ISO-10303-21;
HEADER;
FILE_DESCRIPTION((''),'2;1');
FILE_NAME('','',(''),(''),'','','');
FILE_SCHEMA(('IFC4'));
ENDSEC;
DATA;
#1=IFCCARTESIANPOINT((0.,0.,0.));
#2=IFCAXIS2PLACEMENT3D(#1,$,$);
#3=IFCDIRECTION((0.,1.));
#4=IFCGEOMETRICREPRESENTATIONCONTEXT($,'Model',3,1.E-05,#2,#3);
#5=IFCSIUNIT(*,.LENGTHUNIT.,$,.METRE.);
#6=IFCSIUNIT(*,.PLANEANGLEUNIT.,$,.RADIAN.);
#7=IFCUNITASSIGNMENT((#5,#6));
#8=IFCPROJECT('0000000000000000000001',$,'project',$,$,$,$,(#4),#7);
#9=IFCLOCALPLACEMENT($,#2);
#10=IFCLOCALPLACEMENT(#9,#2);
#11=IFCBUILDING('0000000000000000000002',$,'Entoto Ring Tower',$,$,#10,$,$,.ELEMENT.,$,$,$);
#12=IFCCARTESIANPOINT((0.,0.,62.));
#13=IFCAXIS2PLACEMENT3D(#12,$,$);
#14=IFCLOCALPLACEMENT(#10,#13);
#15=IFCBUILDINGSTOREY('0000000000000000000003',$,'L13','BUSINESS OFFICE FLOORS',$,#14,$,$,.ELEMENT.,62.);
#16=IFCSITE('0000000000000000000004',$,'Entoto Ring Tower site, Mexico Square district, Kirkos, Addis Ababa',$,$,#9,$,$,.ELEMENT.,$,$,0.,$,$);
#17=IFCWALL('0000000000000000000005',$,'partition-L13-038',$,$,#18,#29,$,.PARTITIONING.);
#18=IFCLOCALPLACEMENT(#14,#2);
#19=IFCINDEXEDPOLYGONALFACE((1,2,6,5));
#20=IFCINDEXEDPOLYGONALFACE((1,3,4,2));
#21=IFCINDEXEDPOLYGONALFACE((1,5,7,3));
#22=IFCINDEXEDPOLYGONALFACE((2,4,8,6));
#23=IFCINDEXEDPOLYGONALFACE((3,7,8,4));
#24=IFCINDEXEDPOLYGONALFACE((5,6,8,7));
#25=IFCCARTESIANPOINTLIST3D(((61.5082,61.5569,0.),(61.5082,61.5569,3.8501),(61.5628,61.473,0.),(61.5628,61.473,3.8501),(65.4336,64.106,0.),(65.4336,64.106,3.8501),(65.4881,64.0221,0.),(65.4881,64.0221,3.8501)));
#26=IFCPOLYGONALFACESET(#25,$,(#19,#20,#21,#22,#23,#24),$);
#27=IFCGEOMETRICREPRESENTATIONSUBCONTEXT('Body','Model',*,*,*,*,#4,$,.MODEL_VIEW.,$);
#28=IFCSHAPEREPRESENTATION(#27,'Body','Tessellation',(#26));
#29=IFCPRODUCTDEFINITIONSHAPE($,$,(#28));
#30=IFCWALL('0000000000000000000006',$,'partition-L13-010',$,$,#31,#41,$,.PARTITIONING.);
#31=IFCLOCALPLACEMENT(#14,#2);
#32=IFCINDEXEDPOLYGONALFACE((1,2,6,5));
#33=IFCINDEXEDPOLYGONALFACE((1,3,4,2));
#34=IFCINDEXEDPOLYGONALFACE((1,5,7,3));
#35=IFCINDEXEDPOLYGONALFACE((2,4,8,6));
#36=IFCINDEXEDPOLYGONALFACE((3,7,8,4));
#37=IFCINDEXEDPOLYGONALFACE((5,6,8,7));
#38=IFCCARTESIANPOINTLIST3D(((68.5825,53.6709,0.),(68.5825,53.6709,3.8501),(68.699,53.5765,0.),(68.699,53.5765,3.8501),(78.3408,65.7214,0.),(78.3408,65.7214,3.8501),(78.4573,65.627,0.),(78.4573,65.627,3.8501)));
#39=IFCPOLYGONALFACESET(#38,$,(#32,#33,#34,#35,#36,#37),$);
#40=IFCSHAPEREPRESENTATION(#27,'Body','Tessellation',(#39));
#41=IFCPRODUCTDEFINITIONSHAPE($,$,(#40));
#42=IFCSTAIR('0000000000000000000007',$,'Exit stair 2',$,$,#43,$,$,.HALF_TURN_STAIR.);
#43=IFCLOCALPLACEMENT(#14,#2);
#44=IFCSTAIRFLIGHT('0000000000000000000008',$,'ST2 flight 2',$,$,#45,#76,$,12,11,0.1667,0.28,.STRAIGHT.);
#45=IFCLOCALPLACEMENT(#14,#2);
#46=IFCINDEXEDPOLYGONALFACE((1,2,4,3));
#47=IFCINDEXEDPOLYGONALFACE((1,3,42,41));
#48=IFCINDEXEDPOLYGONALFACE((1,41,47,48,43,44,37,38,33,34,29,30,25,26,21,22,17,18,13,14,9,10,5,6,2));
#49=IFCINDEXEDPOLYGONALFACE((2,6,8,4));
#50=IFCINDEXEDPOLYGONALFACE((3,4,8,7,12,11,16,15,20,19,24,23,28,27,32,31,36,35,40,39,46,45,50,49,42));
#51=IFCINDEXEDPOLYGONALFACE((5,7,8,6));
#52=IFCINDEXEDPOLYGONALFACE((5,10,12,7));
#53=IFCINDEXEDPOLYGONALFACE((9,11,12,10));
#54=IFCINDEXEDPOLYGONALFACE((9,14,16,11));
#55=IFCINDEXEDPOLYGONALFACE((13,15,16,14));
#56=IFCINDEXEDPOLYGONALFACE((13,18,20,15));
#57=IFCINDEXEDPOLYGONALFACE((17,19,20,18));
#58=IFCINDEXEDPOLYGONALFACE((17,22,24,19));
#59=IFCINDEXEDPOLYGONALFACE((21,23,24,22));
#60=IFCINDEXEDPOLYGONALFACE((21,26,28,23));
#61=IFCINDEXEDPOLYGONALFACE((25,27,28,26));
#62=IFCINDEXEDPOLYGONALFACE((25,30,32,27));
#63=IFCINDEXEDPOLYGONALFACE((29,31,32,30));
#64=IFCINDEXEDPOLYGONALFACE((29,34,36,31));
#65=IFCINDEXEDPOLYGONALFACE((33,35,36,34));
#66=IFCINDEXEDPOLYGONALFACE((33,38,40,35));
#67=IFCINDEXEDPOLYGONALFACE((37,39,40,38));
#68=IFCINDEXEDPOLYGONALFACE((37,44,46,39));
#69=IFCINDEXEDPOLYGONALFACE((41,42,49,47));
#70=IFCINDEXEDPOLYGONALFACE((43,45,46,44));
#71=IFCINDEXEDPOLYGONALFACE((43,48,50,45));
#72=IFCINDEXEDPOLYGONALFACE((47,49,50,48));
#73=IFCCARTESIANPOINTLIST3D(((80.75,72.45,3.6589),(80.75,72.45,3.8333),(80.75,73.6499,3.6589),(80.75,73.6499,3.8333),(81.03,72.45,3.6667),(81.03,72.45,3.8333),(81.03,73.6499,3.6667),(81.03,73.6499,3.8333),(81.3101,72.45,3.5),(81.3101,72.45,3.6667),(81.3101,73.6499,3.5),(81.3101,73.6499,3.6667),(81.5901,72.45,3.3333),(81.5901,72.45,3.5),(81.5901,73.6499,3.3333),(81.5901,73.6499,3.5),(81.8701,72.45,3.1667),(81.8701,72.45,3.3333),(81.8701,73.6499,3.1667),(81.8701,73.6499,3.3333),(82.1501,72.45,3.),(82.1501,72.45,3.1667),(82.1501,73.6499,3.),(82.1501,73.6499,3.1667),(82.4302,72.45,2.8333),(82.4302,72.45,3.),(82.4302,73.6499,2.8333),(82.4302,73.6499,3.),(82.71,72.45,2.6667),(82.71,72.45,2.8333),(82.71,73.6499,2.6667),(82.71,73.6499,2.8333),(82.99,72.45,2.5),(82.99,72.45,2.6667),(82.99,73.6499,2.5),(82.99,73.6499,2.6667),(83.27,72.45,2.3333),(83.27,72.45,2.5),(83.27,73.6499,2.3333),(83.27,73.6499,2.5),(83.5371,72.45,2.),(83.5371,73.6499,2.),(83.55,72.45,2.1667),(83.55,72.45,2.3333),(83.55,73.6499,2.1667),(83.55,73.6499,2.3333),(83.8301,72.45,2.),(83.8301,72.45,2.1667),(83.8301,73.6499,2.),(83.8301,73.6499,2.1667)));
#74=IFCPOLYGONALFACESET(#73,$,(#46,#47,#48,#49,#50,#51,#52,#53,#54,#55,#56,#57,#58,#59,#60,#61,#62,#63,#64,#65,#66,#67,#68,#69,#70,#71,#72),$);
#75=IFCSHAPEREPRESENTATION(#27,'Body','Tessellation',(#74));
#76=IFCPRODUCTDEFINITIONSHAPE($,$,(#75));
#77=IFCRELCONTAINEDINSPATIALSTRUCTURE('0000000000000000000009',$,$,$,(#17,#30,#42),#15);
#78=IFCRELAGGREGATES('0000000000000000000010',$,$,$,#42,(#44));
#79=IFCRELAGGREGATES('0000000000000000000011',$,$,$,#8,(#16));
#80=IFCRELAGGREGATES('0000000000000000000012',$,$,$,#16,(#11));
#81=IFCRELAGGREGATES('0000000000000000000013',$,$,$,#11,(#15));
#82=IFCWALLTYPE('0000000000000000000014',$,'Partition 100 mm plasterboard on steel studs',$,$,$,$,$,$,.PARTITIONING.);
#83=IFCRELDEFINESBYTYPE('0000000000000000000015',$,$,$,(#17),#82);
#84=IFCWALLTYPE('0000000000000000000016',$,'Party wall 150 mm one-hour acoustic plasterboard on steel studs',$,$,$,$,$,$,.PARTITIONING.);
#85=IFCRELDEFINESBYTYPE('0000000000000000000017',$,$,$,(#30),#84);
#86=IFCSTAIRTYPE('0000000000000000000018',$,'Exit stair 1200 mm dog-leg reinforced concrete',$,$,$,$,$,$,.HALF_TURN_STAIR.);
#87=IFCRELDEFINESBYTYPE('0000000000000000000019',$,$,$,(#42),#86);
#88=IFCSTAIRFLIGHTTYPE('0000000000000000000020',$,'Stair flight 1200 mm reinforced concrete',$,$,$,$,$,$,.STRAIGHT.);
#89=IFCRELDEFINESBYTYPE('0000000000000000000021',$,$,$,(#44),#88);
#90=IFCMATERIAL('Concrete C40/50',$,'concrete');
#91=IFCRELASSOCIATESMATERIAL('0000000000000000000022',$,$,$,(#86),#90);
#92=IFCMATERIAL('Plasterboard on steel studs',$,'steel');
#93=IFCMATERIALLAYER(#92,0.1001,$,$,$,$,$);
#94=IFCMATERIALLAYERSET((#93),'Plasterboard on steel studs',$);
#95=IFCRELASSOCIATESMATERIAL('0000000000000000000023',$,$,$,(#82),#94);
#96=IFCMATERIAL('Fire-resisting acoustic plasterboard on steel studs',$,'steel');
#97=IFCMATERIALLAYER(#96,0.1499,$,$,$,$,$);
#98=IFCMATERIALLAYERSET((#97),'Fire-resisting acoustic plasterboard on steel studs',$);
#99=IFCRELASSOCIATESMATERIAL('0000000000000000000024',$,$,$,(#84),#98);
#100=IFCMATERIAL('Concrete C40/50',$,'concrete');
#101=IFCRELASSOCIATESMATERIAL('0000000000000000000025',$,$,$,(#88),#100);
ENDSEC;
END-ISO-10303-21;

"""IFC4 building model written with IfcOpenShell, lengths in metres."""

from ifc_helpers import new_model, si_unit, direction, frame, frame_2d, origin, place, context, subcontext, project, spatial, polyline, rectangle, outline, extrude, material, layer, layer_set, type_object, element, aggregate, save


model = new_model("IFC4")

# Units and contexts
model_context = context("Model", 3, precision=1e-05, world=origin(), true_north=direction((0.0, 1.0)))
body_context = subcontext(model_context, "Body", "Model", "MODEL_VIEW")
ifc_project = project(units=[si_unit("LENGTHUNIT", "METRE"), si_unit("PLANEANGLEUNIT", "RADIAN")], contexts=[model_context])

# Site, building, storey
site_placement = place(None, origin())
site = spatial("IfcSite", under=ifc_project, at=site_placement, Name="Entoto Ring Tower site, Mexico Square district, Kirkos, Addis Ababa", CompositionType="ELEMENT", RefElevation=0.0)
building_placement = place(site_placement, origin())
building = spatial("IfcBuilding", under=site, at=building_placement, Name="Entoto Ring Tower", CompositionType="ELEMENT")
storey_placement = place(building_placement, frame((0.0, 0.0, 62.0)))
storey = spatial("IfcBuildingStorey", under=building, at=storey_placement, Name="L13", Description="BUSINESS OFFICE FLOORS", CompositionType="ELEMENT", Elevation=62.0)

# Shared definitions
ifc_material_1 = material(Name="Concrete C40/50", Category="concrete")
stair_type = type_object("IfcStairType", Name="Exit stair 1200 mm dog-leg reinforced concrete", PredefinedType="HALF_TURN_STAIR", material=ifc_material_1)

# Shared definitions
ifc_material_2 = material(Name="Plasterboard on steel studs", Category="steel")
ifc_layer_1 = layer(ifc_material_2, 0.1001)
ifc_layer_set_1 = layer_set([ifc_layer_1], Name="Plasterboard on steel studs")
wall_type_1 = type_object("IfcWallType", Name="Partition 100 mm plasterboard on steel studs", PredefinedType="PARTITIONING", material=ifc_layer_set_1)

# Walls
for number, where, z_axis, x_axis, name in (
    (1, (61.5354, 61.5149, 0.0), (0.0, 0.0, 1.0), (0.838675, 0.544633, 0.0), "partition-L13-038"),
):
    element("IfcWall", number, at=place(storey_placement, frame(where, z_axis=z_axis, x_axis=x_axis)), inside=storey, type_object=wall_type_1, Name=name, PredefinedType="PARTITIONING", context=body_context, shape_type="SweptSolid", body=[
        extrude(rectangle(XDim=4.6804, YDim=0.1001, at=frame_2d((2.3403, 0.0))), origin(), (0.0, 0.0, 1.0), 3.8501),
    ])
ifc_material_3 = material(Name="Fire-resisting acoustic plasterboard on steel studs", Category="steel")
ifc_layer_2 = layer(ifc_material_3, 0.1499)
ifc_layer_set_2 = layer_set([ifc_layer_2], Name="Fire-resisting acoustic plasterboard on steel studs")
wall_type_2 = type_object("IfcWallType", Name="Party wall 150 mm one-hour acoustic plasterboard on steel studs", PredefinedType="PARTITIONING", material=ifc_layer_set_2)
wall_1_placement = place(storey_placement, frame((68.6409, 53.6238, 0.0), z_axis=(0.0, 0.0, 1.0), x_axis=(0.629319, 0.777147, 0.0)))
element("IfcWall", 2, at=wall_1_placement, inside=storey, type_object=wall_type_2, Name="partition-L13-010", PredefinedType="PARTITIONING", context=body_context, shape_type="SweptSolid", body=[
    extrude(rectangle(XDim=15.5061, YDim=0.1499, at=frame_2d((7.7529, 0.0))), origin(), (0.0, 0.0, 1.0), 3.8501),
])

# Stair, stair flight
stair_1_placement = place(storey_placement, origin())
stair_1 = element("IfcStair", 3, at=stair_1_placement, inside=storey, type_object=stair_type, Name="Exit stair 2", PredefinedType="HALF_TURN_STAIR")
ifc_material_4 = material(Name="Concrete C40/50", Category="concrete")
stair_flight_type = type_object("IfcStairFlightType", Name="Stair flight 1200 mm reinforced concrete", PredefinedType="STRAIGHT", material=ifc_material_4)
stair_flight_placement = place(storey_placement, frame((83.8301, 73.05, 2.0), z_axis=(0.0, 0.0, 1.0), x_axis=(-1.0, 0.0, 0.0)))
stair_flight = element("IfcStairFlight", 4, at=stair_flight_placement, type_object=stair_flight_type, Name="ST2 flight 2", NumberOfRisers=12, NumberOfTreads=11, PredefinedType="STRAIGHT", RiserHeight=0.1667, TreadLength=0.28, context=body_context, shape_type="SweptSolid", body=[
    extrude(outline(polyline([(0.0, 0.0), (0.0, 0.1667), (0.28, 0.1667), (0.28, 0.3333), (0.5601, 0.3333), (0.5601, 0.5), (0.8401, 0.5), (0.8401, 0.6667), (1.1201, 0.6667), (1.1201, 0.8333), (1.3999, 0.8333), (1.3999, 1.0), (1.6799, 1.0), (1.6799, 1.1667), (1.96, 1.1667), (1.96, 1.3333), (2.24, 1.3333), (2.24, 1.5), (2.52, 1.5), (2.52, 1.6667), (2.8, 1.6667), (2.8, 1.8333), (3.0801, 1.8333), (3.0801, 2.0), (3.0801, 1.6589), (0.293, 0.0), (0.0, 0.0)])), frame((0.0, 0.6001, 0.0), z_axis=(0.0, -1.0, 0.0), x_axis=(1.0, 0.0, 0.0)), (0.0, 0.0, 1.0), 1.2),
])
aggregate(stair_1, [stair_flight])

save(model, "model.ifc")
